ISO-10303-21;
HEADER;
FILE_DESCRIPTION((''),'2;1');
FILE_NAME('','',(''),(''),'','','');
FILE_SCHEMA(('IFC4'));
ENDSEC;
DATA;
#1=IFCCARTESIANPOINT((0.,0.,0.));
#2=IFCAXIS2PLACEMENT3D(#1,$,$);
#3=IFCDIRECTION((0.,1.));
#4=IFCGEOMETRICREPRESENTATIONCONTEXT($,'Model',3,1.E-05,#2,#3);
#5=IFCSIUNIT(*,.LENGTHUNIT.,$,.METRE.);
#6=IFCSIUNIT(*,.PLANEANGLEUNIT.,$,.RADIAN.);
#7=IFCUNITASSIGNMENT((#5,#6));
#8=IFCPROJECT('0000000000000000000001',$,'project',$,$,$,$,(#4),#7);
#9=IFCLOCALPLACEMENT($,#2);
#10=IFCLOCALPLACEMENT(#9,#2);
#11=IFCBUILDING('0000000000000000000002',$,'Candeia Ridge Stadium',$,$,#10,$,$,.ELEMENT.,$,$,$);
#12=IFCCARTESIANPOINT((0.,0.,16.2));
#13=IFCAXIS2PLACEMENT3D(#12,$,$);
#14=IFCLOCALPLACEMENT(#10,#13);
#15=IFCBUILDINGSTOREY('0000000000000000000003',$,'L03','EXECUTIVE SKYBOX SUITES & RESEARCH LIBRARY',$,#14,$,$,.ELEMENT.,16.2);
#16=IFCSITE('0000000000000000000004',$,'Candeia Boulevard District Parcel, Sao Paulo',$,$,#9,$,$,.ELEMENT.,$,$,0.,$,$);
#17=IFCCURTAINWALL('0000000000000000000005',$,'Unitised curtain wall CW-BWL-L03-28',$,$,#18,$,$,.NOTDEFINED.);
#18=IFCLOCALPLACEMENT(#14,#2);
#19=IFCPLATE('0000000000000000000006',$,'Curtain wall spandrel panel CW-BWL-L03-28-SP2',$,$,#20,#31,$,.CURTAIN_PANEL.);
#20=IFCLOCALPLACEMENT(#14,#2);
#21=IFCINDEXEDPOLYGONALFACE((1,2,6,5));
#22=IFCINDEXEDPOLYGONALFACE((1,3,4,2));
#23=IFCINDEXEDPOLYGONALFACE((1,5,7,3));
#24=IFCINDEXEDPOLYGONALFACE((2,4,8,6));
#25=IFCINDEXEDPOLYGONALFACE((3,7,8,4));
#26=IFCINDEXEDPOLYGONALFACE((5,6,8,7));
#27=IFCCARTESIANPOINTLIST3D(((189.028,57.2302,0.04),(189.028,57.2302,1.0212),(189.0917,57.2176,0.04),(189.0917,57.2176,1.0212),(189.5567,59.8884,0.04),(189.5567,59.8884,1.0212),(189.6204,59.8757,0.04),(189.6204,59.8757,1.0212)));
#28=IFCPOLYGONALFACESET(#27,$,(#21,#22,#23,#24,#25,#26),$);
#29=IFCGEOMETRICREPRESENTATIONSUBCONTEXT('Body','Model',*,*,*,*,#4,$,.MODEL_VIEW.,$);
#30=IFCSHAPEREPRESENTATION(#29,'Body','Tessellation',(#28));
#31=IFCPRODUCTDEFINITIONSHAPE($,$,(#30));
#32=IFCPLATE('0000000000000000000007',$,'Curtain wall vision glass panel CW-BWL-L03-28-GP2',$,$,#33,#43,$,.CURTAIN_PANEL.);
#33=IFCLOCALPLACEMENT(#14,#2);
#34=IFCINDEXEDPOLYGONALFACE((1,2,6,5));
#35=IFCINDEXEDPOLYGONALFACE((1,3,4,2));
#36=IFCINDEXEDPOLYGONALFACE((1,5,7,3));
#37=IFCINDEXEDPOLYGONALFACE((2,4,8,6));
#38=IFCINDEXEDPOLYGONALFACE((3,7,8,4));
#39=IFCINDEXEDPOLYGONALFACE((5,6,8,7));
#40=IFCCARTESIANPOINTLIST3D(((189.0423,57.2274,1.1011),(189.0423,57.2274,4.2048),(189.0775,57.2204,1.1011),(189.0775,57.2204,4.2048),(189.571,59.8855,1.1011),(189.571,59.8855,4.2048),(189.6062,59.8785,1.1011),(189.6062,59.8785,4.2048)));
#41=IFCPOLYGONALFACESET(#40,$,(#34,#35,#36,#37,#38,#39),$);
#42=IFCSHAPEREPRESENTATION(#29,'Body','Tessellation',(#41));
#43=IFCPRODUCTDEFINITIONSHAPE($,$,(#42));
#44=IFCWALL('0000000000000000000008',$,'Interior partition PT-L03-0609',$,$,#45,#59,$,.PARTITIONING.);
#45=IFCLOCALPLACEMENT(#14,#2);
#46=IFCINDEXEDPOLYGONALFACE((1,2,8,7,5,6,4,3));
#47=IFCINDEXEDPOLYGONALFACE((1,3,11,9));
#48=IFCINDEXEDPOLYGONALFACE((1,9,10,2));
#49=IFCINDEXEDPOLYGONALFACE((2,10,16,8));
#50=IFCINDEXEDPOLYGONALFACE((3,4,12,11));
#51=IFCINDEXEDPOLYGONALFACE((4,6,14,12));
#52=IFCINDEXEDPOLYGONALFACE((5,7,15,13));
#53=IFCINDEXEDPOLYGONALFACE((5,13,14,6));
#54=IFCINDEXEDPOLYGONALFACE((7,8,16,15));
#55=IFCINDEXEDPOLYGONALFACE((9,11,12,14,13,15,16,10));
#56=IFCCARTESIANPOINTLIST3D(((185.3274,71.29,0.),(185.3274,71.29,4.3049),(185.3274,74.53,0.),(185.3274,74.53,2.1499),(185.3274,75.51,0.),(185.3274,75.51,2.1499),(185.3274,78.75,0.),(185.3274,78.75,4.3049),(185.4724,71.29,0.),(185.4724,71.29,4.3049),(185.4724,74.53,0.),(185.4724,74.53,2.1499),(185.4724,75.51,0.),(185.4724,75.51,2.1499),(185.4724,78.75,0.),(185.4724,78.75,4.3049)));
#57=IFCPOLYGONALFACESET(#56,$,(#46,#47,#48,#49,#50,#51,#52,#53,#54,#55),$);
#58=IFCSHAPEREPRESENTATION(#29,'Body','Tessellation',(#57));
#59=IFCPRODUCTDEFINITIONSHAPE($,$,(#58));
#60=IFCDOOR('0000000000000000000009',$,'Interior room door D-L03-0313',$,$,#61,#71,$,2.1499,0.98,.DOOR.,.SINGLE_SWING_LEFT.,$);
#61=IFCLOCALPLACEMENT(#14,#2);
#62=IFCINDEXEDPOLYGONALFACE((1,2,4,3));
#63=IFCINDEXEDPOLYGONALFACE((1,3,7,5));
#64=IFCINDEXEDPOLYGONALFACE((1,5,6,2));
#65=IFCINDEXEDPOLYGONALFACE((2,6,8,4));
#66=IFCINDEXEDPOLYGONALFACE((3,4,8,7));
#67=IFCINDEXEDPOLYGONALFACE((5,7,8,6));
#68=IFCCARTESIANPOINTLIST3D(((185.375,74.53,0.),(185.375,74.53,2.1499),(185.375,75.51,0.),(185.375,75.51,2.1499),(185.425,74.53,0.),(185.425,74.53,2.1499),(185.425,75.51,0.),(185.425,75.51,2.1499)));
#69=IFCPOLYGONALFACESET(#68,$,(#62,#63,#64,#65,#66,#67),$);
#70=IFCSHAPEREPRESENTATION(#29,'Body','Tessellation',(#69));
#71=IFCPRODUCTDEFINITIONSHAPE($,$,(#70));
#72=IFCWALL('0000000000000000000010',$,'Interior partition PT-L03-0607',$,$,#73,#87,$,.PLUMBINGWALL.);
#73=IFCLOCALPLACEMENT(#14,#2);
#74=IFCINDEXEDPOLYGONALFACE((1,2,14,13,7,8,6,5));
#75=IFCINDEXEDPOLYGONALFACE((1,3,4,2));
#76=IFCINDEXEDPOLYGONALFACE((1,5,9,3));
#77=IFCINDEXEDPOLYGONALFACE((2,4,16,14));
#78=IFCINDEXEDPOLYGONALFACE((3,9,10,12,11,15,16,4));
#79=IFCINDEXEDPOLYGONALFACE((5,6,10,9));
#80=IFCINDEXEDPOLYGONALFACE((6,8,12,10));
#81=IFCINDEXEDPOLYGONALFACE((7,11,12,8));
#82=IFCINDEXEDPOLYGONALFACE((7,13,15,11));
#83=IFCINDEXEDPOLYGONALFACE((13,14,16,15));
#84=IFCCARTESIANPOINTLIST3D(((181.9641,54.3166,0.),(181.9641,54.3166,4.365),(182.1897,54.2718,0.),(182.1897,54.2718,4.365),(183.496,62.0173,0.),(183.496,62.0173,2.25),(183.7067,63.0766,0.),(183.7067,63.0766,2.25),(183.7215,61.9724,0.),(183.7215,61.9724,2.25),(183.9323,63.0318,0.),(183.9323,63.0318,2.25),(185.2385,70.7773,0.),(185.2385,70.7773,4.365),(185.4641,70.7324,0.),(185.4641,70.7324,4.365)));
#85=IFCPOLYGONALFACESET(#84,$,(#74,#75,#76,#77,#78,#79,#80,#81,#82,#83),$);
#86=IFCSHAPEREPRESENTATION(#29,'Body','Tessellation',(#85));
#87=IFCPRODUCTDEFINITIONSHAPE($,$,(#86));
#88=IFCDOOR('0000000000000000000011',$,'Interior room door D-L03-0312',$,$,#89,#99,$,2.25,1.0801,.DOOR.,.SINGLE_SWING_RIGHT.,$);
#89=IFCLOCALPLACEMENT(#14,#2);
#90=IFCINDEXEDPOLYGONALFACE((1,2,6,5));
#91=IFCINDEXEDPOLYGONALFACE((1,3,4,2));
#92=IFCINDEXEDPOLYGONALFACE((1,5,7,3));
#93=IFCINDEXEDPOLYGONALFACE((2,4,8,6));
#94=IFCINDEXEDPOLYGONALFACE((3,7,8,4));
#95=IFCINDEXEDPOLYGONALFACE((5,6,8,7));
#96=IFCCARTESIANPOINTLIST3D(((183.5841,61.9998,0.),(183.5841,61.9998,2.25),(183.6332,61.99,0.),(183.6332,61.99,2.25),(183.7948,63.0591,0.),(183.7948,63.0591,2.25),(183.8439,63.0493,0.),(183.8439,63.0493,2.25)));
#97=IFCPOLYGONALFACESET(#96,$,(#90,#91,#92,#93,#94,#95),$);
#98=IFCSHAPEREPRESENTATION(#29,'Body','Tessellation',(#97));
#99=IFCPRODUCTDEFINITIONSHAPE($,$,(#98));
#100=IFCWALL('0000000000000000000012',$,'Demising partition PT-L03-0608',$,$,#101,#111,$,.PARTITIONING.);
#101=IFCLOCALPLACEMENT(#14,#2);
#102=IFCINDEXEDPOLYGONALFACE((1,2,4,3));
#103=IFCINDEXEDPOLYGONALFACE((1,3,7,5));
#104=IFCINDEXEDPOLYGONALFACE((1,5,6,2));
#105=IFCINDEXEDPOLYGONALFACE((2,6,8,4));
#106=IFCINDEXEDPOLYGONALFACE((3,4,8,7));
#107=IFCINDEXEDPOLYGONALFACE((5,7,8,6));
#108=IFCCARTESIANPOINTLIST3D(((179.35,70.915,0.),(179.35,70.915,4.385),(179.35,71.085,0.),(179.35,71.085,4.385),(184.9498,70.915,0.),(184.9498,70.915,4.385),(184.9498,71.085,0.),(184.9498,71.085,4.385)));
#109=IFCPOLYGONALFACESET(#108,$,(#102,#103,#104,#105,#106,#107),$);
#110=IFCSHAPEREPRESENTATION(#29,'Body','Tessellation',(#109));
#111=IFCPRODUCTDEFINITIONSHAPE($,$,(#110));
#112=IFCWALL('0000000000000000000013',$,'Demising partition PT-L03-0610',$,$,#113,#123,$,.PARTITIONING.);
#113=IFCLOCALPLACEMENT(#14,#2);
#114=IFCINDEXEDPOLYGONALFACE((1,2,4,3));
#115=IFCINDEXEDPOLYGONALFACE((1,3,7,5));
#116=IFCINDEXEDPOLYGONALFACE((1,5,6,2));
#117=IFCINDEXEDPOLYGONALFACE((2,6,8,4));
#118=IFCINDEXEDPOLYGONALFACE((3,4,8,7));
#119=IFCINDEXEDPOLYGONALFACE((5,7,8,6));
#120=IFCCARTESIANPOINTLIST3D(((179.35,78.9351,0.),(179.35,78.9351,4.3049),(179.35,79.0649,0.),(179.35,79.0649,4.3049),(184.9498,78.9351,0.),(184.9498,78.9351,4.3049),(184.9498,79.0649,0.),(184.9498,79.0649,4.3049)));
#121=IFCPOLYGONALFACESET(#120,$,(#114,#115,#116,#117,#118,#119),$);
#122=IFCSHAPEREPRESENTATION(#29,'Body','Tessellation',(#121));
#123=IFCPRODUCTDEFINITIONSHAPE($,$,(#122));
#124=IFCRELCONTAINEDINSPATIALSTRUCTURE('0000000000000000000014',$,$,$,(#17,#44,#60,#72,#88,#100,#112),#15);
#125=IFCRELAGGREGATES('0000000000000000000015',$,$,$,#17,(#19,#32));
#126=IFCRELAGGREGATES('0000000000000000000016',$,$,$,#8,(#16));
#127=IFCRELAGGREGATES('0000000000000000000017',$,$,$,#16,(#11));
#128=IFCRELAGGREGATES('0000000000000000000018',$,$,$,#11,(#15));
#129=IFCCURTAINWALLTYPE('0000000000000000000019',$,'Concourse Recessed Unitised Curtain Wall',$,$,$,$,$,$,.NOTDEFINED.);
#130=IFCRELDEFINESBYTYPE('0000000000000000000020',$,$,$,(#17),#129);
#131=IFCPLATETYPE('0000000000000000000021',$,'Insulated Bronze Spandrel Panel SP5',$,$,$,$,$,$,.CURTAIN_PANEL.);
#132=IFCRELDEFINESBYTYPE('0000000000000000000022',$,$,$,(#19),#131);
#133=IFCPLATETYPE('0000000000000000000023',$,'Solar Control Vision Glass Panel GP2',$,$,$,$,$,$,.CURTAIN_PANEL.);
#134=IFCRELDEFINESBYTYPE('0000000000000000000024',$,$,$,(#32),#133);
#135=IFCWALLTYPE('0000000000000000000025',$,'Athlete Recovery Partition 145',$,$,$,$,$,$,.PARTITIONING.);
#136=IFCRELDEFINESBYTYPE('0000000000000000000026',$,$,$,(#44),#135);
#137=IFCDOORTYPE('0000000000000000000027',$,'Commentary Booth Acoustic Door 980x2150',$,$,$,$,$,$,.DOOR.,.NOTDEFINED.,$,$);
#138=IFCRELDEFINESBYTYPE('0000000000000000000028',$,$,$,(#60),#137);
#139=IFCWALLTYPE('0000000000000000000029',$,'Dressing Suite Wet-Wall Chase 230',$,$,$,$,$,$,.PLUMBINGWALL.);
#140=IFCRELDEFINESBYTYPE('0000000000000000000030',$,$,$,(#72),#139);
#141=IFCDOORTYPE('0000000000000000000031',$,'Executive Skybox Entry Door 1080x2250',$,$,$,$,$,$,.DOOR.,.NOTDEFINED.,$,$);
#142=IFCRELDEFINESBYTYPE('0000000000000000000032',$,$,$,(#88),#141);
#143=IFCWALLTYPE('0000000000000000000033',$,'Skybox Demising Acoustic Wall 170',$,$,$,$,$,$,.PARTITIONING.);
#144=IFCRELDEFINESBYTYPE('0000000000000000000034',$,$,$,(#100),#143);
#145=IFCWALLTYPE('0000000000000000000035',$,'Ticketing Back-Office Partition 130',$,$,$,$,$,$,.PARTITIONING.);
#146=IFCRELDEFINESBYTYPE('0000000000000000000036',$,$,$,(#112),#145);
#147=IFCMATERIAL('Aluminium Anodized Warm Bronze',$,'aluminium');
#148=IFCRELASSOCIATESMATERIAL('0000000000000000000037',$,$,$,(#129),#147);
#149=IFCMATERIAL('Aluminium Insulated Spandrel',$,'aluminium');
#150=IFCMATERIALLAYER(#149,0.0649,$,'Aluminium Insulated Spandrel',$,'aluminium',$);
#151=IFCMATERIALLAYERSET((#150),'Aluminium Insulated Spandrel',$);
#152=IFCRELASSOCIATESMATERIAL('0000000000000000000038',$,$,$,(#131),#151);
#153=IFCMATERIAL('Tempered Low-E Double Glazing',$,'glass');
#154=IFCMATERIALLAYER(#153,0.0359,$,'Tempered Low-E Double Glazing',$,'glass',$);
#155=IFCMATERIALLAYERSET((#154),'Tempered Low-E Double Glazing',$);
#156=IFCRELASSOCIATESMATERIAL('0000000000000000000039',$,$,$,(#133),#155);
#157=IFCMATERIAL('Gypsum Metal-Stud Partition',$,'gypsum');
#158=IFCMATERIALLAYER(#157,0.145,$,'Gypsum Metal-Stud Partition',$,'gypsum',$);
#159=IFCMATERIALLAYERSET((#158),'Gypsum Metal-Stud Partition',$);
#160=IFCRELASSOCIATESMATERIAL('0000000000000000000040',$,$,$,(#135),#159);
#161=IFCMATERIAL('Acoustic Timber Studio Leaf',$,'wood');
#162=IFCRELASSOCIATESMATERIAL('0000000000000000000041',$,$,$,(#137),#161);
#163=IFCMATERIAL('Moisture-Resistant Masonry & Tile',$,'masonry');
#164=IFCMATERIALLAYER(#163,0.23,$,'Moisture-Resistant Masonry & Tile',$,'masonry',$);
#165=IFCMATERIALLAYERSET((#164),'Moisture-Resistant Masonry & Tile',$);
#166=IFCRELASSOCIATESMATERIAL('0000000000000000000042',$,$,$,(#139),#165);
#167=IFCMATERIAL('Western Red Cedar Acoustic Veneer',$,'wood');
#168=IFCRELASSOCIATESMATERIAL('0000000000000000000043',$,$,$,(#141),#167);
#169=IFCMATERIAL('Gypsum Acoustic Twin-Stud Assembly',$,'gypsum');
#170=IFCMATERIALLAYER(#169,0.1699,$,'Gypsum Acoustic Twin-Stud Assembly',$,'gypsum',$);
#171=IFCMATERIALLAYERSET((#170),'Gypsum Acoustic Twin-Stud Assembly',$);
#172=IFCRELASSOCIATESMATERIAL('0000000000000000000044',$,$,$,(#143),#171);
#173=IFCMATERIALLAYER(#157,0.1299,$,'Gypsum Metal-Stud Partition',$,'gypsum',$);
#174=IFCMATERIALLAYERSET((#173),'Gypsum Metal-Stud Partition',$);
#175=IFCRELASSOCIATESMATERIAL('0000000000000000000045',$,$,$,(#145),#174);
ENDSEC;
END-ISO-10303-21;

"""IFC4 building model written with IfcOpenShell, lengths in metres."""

from ifc_helpers import new_model, si_unit, direction, frame, frame_2d, origin, origin_2d, place, context, subcontext, project, spatial, rectangle, extrude, material, layer, layer_set, type_object, element, fill, aggregate, save


model = new_model("IFC4")

# Units and contexts
model_context = context("Model", 3, precision=1e-05, world=origin(), true_north=direction((0.0, 1.0)))
body_context = subcontext(model_context, "Body", "Model", "MODEL_VIEW")
ifc_project = project(units=[si_unit("LENGTHUNIT", "METRE"), si_unit("PLANEANGLEUNIT", "RADIAN")], contexts=[model_context])

# Site, building, storey
site_placement = place(None, origin())
site = spatial("IfcSite", under=ifc_project, at=site_placement, Name="Candeia Boulevard District Parcel, Sao Paulo", CompositionType="ELEMENT", RefElevation=0.0)
building_placement = place(site_placement, origin())
building = spatial("IfcBuilding", under=site, at=building_placement, Name="Candeia Ridge Stadium", CompositionType="ELEMENT")
storey_placement = place(building_placement, frame((0.0, 0.0, 16.2)))
storey = spatial("IfcBuildingStorey", under=building, at=storey_placement, Name="L03", Description="EXECUTIVE SKYBOX SUITES & RESEARCH LIBRARY", CompositionType="ELEMENT", Elevation=16.2)

# Curtain wall
ifc_material_1 = material(Name="Aluminium Anodized Warm Bronze", Category="aluminium")
curtain_wall_type = type_object("IfcCurtainWallType", Name="Concourse Recessed Unitised Curtain Wall", PredefinedType="NOTDEFINED", material=ifc_material_1)
curtain_wall_placement = place(storey_placement, origin())
curtain_wall = element("IfcCurtainWall", 1, at=curtain_wall_placement, inside=storey, type_object=curtain_wall_type, Name="Unitised curtain wall CW-BWL-L03-28", PredefinedType="NOTDEFINED")

# Plates
ifc_material_2 = material(Name="Aluminium Insulated Spandrel", Category="aluminium")
ifc_layer_1 = layer(ifc_material_2, 0.0649, Name="Aluminium Insulated Spandrel", Category="aluminium")
ifc_layer_set_1 = layer_set([ifc_layer_1], Name="Aluminium Insulated Spandrel")
plate_type_1 = type_object("IfcPlateType", Name="Insulated Bronze Spandrel Panel SP5", PredefinedType="CURTAIN_PANEL", material=ifc_layer_set_1)
plate_1_placement = place(storey_placement, frame((189.3242, 58.553, 0.04), z_axis=(0.0, 0.0, 1.0), x_axis=(0.19509, 0.980785, 0.0)))
plate_1 = element("IfcPlate", 2, at=plate_1_placement, type_object=plate_type_1, Name="Curtain wall spandrel panel CW-BWL-L03-28-SP2", PredefinedType="CURTAIN_PANEL", context=body_context, shape_type="SweptSolid", body=[
    extrude(rectangle(XDim=2.7102, YDim=0.0649, at=origin_2d()), origin(), (0.0, 0.0, 1.0), 0.9812),
])
ifc_material_3 = material(Name="Tempered Low-E Double Glazing", Category="glass")
ifc_layer_2 = layer(ifc_material_3, 0.0359, Name="Tempered Low-E Double Glazing", Category="glass")
ifc_layer_set_2 = layer_set([ifc_layer_2], Name="Tempered Low-E Double Glazing")
plate_type_2 = type_object("IfcPlateType", Name="Solar Control Vision Glass Panel GP2", PredefinedType="CURTAIN_PANEL", material=ifc_layer_set_2)
plate_2_placement = place(storey_placement, frame((189.3242, 58.553, 1.1011), z_axis=(0.0, 0.0, 1.0), x_axis=(0.19509, 0.980785, 0.0)))
plate_2 = element("IfcPlate", 3, at=plate_2_placement, type_object=plate_type_2, Name="Curtain wall vision glass panel CW-BWL-L03-28-GP2", PredefinedType="CURTAIN_PANEL", context=body_context, shape_type="SweptSolid", body=[
    extrude(rectangle(XDim=2.7102, YDim=0.0359, at=origin_2d()), origin(), (0.0, 0.0, 1.0), 3.1038),
])
aggregate(curtain_wall, [plate_1, plate_2])

# Walls, openings, doors
ifc_material_4 = material(Name="Gypsum Metal-Stud Partition", Category="gypsum")
ifc_layer_3 = layer(ifc_material_4, 0.145, Name="Gypsum Metal-Stud Partition", Category="gypsum")
ifc_layer_set_3 = layer_set([ifc_layer_3], Name="Gypsum Metal-Stud Partition")
wall_type_1 = type_object("IfcWallType", Name="Athlete Recovery Partition 145", PredefinedType="PARTITIONING", material=ifc_layer_set_3)
wall_1_placement = place(storey_placement, frame((185.3999, 78.75, 0.0), z_axis=(0.0, 0.0, 1.0), x_axis=(0.0, -1.0, 0.0)))
wall_1 = element("IfcWall", 4, at=wall_1_placement, inside=storey, type_object=wall_type_1, Name="Interior partition PT-L03-0609", PredefinedType="PARTITIONING", context=body_context, shape_type="SweptSolid", body=[
    extrude(rectangle(XDim=7.46, YDim=0.145, at=frame_2d((3.73, 0.0))), origin(), (0.0, 0.0, 1.0), 4.3049),
])
opening_1_placement = place(wall_1_placement, frame((3.24, 0.0, 0.0)))
opening_1 = element("IfcOpeningElement", 5, at=opening_1_placement, cuts=wall_1, PredefinedType="OPENING", context=body_context, shape_type="SweptSolid", body=[
    extrude(rectangle(XDim=0.98, YDim=2.1499, at=frame_2d((0.49, 1.075))), frame((0.0, 0.0825, 0.0), z_axis=(0.0, -1.0, 0.0), x_axis=(1.0, 0.0, 0.0)), (0.0, 0.0, 1.0), 0.165),
])
ifc_material_5 = material(Name="Acoustic Timber Studio Leaf", Category="wood")
door_type_1 = type_object("IfcDoorType", Name="Commentary Booth Acoustic Door 980x2150", OperationType="NOTDEFINED", PredefinedType="DOOR", material=ifc_material_5)
door_1_placement = place(opening_1_placement, frame((0.98, 0.0, 0.0), z_axis=(0.0, 0.0, 1.0), x_axis=(-1.0, 0.0, 0.0)))
door_1 = element("IfcDoor", 6, at=door_1_placement, inside=storey, type_object=door_type_1, Name="Interior room door D-L03-0313", OperationType="SINGLE_SWING_LEFT", OverallHeight=2.1499, OverallWidth=0.98, PredefinedType="DOOR", context=body_context, shape_type="SweptSolid", body=[
    extrude(rectangle(XDim=0.98, YDim=2.1499, at=frame_2d((0.49, 1.075))), frame((0.0, 0.0249, 0.0), z_axis=(0.0, -1.0, 0.0), x_axis=(1.0, 0.0, 0.0)), (0.0, 0.0, 1.0), 0.05),
])
fill(opening_1, door_1)
ifc_material_6 = material(Name="Moisture-Resistant Masonry & Tile", Category="masonry")
ifc_layer_4 = layer(ifc_material_6, 0.23, Name="Moisture-Resistant Masonry & Tile", Category="masonry")
ifc_layer_set_4 = layer_set([ifc_layer_4], Name="Moisture-Resistant Masonry & Tile")
wall_type_2 = type_object("IfcWallType", Name="Dressing Suite Wet-Wall Chase 230", PredefinedType="PLUMBINGWALL", material=ifc_layer_set_4)
wall_2_placement = place(storey_placement, frame((185.3513, 70.7549, 0.0), z_axis=(0.0, 0.0, 1.0), x_axis=(-0.195101, -0.980783, 0.0)))
wall_2 = element("IfcWall", 7, at=wall_2_placement, inside=storey, type_object=wall_type_2, Name="Interior partition PT-L03-0607", PredefinedType="PLUMBINGWALL", context=body_context, shape_type="SweptSolid", body=[
    extrude(rectangle(XDim=16.7832, YDim=0.23, at=frame_2d((8.3916, 0.0))), origin(), (0.0, 0.0, 1.0), 4.365),
])
opening_2_placement = place(wall_2_placement, frame((7.8516, 0.0, 0.0)))
opening_2 = element("IfcOpeningElement", 8, at=opening_2_placement, cuts=wall_2, PredefinedType="OPENING", context=body_context, shape_type="SweptSolid", body=[
    extrude(rectangle(XDim=1.0801, YDim=2.25, at=frame_2d((0.54, 1.125))), frame((0.0, 0.125, 0.0), z_axis=(0.0, -1.0, 0.0), x_axis=(1.0, 0.0, 0.0)), (0.0, 0.0, 1.0), 0.25),
])
ifc_material_7 = material(Name="Western Red Cedar Acoustic Veneer", Category="wood")
door_type_2 = type_object("IfcDoorType", Name="Executive Skybox Entry Door 1080x2250", OperationType="NOTDEFINED", PredefinedType="DOOR", material=ifc_material_7)
door_2_placement = place(opening_2_placement, origin())
door_2 = element("IfcDoor", 9, at=door_2_placement, inside=storey, type_object=door_type_2, Name="Interior room door D-L03-0312", OperationType="SINGLE_SWING_RIGHT", OverallHeight=2.25, OverallWidth=1.0801, PredefinedType="DOOR", context=body_context, shape_type="SweptSolid", body=[
    extrude(rectangle(XDim=1.0801, YDim=2.25, at=frame_2d((0.54, 1.125))), frame((0.0, 0.0249, 0.0), z_axis=(0.0, -1.0, 0.0), x_axis=(1.0, 0.0, 0.0)), (0.0, 0.0, 1.0), 0.05),
])
fill(opening_2, door_2)

# Walls
ifc_material_8 = material(Name="Gypsum Acoustic Twin-Stud Assembly", Category="gypsum")
ifc_layer_5 = layer(ifc_material_8, 0.1699, Name="Gypsum Acoustic Twin-Stud Assembly", Category="gypsum")
ifc_layer_set_5 = layer_set([ifc_layer_5], Name="Gypsum Acoustic Twin-Stud Assembly")
wall_type_3 = type_object("IfcWallType", Name="Skybox Demising Acoustic Wall 170", PredefinedType="PARTITIONING", material=ifc_layer_set_5)
wall_3_placement = place(storey_placement, frame((179.3501, 71.0, 0.0), z_axis=(0.0, 0.0, 1.0), x_axis=(1.0, 0.0, 0.0)))
element("IfcWall", 10, at=wall_3_placement, inside=storey, type_object=wall_type_3, Name="Demising partition PT-L03-0608", PredefinedType="PARTITIONING", context=body_context, shape_type="SweptSolid", body=[
    extrude(rectangle(XDim=5.5999, YDim=0.1699, at=frame_2d((2.7998, 0.0))), origin(), (0.0, 0.0, 1.0), 4.385),
])
ifc_layer_6 = layer(ifc_material_4, 0.1299, Name="Gypsum Metal-Stud Partition", Category="gypsum")
ifc_layer_set_6 = layer_set([ifc_layer_6], Name="Gypsum Metal-Stud Partition")
wall_type_4 = type_object("IfcWallType", Name="Ticketing Back-Office Partition 130", PredefinedType="PARTITIONING", material=ifc_layer_set_6)
wall_4_placement = place(storey_placement, frame((179.3501, 79.0, 0.0), z_axis=(0.0, 0.0, 1.0), x_axis=(1.0, 0.0, 0.0)))
element("IfcWall", 11, at=wall_4_placement, inside=storey, type_object=wall_type_4, Name="Demising partition PT-L03-0610", PredefinedType="PARTITIONING", context=body_context, shape_type="SweptSolid", body=[
    extrude(rectangle(XDim=5.5999, YDim=0.1299, at=frame_2d((2.7998, 0.0))), origin(), (0.0, 0.0, 1.0), 4.3049),
])

save(model, "model.ifc")
